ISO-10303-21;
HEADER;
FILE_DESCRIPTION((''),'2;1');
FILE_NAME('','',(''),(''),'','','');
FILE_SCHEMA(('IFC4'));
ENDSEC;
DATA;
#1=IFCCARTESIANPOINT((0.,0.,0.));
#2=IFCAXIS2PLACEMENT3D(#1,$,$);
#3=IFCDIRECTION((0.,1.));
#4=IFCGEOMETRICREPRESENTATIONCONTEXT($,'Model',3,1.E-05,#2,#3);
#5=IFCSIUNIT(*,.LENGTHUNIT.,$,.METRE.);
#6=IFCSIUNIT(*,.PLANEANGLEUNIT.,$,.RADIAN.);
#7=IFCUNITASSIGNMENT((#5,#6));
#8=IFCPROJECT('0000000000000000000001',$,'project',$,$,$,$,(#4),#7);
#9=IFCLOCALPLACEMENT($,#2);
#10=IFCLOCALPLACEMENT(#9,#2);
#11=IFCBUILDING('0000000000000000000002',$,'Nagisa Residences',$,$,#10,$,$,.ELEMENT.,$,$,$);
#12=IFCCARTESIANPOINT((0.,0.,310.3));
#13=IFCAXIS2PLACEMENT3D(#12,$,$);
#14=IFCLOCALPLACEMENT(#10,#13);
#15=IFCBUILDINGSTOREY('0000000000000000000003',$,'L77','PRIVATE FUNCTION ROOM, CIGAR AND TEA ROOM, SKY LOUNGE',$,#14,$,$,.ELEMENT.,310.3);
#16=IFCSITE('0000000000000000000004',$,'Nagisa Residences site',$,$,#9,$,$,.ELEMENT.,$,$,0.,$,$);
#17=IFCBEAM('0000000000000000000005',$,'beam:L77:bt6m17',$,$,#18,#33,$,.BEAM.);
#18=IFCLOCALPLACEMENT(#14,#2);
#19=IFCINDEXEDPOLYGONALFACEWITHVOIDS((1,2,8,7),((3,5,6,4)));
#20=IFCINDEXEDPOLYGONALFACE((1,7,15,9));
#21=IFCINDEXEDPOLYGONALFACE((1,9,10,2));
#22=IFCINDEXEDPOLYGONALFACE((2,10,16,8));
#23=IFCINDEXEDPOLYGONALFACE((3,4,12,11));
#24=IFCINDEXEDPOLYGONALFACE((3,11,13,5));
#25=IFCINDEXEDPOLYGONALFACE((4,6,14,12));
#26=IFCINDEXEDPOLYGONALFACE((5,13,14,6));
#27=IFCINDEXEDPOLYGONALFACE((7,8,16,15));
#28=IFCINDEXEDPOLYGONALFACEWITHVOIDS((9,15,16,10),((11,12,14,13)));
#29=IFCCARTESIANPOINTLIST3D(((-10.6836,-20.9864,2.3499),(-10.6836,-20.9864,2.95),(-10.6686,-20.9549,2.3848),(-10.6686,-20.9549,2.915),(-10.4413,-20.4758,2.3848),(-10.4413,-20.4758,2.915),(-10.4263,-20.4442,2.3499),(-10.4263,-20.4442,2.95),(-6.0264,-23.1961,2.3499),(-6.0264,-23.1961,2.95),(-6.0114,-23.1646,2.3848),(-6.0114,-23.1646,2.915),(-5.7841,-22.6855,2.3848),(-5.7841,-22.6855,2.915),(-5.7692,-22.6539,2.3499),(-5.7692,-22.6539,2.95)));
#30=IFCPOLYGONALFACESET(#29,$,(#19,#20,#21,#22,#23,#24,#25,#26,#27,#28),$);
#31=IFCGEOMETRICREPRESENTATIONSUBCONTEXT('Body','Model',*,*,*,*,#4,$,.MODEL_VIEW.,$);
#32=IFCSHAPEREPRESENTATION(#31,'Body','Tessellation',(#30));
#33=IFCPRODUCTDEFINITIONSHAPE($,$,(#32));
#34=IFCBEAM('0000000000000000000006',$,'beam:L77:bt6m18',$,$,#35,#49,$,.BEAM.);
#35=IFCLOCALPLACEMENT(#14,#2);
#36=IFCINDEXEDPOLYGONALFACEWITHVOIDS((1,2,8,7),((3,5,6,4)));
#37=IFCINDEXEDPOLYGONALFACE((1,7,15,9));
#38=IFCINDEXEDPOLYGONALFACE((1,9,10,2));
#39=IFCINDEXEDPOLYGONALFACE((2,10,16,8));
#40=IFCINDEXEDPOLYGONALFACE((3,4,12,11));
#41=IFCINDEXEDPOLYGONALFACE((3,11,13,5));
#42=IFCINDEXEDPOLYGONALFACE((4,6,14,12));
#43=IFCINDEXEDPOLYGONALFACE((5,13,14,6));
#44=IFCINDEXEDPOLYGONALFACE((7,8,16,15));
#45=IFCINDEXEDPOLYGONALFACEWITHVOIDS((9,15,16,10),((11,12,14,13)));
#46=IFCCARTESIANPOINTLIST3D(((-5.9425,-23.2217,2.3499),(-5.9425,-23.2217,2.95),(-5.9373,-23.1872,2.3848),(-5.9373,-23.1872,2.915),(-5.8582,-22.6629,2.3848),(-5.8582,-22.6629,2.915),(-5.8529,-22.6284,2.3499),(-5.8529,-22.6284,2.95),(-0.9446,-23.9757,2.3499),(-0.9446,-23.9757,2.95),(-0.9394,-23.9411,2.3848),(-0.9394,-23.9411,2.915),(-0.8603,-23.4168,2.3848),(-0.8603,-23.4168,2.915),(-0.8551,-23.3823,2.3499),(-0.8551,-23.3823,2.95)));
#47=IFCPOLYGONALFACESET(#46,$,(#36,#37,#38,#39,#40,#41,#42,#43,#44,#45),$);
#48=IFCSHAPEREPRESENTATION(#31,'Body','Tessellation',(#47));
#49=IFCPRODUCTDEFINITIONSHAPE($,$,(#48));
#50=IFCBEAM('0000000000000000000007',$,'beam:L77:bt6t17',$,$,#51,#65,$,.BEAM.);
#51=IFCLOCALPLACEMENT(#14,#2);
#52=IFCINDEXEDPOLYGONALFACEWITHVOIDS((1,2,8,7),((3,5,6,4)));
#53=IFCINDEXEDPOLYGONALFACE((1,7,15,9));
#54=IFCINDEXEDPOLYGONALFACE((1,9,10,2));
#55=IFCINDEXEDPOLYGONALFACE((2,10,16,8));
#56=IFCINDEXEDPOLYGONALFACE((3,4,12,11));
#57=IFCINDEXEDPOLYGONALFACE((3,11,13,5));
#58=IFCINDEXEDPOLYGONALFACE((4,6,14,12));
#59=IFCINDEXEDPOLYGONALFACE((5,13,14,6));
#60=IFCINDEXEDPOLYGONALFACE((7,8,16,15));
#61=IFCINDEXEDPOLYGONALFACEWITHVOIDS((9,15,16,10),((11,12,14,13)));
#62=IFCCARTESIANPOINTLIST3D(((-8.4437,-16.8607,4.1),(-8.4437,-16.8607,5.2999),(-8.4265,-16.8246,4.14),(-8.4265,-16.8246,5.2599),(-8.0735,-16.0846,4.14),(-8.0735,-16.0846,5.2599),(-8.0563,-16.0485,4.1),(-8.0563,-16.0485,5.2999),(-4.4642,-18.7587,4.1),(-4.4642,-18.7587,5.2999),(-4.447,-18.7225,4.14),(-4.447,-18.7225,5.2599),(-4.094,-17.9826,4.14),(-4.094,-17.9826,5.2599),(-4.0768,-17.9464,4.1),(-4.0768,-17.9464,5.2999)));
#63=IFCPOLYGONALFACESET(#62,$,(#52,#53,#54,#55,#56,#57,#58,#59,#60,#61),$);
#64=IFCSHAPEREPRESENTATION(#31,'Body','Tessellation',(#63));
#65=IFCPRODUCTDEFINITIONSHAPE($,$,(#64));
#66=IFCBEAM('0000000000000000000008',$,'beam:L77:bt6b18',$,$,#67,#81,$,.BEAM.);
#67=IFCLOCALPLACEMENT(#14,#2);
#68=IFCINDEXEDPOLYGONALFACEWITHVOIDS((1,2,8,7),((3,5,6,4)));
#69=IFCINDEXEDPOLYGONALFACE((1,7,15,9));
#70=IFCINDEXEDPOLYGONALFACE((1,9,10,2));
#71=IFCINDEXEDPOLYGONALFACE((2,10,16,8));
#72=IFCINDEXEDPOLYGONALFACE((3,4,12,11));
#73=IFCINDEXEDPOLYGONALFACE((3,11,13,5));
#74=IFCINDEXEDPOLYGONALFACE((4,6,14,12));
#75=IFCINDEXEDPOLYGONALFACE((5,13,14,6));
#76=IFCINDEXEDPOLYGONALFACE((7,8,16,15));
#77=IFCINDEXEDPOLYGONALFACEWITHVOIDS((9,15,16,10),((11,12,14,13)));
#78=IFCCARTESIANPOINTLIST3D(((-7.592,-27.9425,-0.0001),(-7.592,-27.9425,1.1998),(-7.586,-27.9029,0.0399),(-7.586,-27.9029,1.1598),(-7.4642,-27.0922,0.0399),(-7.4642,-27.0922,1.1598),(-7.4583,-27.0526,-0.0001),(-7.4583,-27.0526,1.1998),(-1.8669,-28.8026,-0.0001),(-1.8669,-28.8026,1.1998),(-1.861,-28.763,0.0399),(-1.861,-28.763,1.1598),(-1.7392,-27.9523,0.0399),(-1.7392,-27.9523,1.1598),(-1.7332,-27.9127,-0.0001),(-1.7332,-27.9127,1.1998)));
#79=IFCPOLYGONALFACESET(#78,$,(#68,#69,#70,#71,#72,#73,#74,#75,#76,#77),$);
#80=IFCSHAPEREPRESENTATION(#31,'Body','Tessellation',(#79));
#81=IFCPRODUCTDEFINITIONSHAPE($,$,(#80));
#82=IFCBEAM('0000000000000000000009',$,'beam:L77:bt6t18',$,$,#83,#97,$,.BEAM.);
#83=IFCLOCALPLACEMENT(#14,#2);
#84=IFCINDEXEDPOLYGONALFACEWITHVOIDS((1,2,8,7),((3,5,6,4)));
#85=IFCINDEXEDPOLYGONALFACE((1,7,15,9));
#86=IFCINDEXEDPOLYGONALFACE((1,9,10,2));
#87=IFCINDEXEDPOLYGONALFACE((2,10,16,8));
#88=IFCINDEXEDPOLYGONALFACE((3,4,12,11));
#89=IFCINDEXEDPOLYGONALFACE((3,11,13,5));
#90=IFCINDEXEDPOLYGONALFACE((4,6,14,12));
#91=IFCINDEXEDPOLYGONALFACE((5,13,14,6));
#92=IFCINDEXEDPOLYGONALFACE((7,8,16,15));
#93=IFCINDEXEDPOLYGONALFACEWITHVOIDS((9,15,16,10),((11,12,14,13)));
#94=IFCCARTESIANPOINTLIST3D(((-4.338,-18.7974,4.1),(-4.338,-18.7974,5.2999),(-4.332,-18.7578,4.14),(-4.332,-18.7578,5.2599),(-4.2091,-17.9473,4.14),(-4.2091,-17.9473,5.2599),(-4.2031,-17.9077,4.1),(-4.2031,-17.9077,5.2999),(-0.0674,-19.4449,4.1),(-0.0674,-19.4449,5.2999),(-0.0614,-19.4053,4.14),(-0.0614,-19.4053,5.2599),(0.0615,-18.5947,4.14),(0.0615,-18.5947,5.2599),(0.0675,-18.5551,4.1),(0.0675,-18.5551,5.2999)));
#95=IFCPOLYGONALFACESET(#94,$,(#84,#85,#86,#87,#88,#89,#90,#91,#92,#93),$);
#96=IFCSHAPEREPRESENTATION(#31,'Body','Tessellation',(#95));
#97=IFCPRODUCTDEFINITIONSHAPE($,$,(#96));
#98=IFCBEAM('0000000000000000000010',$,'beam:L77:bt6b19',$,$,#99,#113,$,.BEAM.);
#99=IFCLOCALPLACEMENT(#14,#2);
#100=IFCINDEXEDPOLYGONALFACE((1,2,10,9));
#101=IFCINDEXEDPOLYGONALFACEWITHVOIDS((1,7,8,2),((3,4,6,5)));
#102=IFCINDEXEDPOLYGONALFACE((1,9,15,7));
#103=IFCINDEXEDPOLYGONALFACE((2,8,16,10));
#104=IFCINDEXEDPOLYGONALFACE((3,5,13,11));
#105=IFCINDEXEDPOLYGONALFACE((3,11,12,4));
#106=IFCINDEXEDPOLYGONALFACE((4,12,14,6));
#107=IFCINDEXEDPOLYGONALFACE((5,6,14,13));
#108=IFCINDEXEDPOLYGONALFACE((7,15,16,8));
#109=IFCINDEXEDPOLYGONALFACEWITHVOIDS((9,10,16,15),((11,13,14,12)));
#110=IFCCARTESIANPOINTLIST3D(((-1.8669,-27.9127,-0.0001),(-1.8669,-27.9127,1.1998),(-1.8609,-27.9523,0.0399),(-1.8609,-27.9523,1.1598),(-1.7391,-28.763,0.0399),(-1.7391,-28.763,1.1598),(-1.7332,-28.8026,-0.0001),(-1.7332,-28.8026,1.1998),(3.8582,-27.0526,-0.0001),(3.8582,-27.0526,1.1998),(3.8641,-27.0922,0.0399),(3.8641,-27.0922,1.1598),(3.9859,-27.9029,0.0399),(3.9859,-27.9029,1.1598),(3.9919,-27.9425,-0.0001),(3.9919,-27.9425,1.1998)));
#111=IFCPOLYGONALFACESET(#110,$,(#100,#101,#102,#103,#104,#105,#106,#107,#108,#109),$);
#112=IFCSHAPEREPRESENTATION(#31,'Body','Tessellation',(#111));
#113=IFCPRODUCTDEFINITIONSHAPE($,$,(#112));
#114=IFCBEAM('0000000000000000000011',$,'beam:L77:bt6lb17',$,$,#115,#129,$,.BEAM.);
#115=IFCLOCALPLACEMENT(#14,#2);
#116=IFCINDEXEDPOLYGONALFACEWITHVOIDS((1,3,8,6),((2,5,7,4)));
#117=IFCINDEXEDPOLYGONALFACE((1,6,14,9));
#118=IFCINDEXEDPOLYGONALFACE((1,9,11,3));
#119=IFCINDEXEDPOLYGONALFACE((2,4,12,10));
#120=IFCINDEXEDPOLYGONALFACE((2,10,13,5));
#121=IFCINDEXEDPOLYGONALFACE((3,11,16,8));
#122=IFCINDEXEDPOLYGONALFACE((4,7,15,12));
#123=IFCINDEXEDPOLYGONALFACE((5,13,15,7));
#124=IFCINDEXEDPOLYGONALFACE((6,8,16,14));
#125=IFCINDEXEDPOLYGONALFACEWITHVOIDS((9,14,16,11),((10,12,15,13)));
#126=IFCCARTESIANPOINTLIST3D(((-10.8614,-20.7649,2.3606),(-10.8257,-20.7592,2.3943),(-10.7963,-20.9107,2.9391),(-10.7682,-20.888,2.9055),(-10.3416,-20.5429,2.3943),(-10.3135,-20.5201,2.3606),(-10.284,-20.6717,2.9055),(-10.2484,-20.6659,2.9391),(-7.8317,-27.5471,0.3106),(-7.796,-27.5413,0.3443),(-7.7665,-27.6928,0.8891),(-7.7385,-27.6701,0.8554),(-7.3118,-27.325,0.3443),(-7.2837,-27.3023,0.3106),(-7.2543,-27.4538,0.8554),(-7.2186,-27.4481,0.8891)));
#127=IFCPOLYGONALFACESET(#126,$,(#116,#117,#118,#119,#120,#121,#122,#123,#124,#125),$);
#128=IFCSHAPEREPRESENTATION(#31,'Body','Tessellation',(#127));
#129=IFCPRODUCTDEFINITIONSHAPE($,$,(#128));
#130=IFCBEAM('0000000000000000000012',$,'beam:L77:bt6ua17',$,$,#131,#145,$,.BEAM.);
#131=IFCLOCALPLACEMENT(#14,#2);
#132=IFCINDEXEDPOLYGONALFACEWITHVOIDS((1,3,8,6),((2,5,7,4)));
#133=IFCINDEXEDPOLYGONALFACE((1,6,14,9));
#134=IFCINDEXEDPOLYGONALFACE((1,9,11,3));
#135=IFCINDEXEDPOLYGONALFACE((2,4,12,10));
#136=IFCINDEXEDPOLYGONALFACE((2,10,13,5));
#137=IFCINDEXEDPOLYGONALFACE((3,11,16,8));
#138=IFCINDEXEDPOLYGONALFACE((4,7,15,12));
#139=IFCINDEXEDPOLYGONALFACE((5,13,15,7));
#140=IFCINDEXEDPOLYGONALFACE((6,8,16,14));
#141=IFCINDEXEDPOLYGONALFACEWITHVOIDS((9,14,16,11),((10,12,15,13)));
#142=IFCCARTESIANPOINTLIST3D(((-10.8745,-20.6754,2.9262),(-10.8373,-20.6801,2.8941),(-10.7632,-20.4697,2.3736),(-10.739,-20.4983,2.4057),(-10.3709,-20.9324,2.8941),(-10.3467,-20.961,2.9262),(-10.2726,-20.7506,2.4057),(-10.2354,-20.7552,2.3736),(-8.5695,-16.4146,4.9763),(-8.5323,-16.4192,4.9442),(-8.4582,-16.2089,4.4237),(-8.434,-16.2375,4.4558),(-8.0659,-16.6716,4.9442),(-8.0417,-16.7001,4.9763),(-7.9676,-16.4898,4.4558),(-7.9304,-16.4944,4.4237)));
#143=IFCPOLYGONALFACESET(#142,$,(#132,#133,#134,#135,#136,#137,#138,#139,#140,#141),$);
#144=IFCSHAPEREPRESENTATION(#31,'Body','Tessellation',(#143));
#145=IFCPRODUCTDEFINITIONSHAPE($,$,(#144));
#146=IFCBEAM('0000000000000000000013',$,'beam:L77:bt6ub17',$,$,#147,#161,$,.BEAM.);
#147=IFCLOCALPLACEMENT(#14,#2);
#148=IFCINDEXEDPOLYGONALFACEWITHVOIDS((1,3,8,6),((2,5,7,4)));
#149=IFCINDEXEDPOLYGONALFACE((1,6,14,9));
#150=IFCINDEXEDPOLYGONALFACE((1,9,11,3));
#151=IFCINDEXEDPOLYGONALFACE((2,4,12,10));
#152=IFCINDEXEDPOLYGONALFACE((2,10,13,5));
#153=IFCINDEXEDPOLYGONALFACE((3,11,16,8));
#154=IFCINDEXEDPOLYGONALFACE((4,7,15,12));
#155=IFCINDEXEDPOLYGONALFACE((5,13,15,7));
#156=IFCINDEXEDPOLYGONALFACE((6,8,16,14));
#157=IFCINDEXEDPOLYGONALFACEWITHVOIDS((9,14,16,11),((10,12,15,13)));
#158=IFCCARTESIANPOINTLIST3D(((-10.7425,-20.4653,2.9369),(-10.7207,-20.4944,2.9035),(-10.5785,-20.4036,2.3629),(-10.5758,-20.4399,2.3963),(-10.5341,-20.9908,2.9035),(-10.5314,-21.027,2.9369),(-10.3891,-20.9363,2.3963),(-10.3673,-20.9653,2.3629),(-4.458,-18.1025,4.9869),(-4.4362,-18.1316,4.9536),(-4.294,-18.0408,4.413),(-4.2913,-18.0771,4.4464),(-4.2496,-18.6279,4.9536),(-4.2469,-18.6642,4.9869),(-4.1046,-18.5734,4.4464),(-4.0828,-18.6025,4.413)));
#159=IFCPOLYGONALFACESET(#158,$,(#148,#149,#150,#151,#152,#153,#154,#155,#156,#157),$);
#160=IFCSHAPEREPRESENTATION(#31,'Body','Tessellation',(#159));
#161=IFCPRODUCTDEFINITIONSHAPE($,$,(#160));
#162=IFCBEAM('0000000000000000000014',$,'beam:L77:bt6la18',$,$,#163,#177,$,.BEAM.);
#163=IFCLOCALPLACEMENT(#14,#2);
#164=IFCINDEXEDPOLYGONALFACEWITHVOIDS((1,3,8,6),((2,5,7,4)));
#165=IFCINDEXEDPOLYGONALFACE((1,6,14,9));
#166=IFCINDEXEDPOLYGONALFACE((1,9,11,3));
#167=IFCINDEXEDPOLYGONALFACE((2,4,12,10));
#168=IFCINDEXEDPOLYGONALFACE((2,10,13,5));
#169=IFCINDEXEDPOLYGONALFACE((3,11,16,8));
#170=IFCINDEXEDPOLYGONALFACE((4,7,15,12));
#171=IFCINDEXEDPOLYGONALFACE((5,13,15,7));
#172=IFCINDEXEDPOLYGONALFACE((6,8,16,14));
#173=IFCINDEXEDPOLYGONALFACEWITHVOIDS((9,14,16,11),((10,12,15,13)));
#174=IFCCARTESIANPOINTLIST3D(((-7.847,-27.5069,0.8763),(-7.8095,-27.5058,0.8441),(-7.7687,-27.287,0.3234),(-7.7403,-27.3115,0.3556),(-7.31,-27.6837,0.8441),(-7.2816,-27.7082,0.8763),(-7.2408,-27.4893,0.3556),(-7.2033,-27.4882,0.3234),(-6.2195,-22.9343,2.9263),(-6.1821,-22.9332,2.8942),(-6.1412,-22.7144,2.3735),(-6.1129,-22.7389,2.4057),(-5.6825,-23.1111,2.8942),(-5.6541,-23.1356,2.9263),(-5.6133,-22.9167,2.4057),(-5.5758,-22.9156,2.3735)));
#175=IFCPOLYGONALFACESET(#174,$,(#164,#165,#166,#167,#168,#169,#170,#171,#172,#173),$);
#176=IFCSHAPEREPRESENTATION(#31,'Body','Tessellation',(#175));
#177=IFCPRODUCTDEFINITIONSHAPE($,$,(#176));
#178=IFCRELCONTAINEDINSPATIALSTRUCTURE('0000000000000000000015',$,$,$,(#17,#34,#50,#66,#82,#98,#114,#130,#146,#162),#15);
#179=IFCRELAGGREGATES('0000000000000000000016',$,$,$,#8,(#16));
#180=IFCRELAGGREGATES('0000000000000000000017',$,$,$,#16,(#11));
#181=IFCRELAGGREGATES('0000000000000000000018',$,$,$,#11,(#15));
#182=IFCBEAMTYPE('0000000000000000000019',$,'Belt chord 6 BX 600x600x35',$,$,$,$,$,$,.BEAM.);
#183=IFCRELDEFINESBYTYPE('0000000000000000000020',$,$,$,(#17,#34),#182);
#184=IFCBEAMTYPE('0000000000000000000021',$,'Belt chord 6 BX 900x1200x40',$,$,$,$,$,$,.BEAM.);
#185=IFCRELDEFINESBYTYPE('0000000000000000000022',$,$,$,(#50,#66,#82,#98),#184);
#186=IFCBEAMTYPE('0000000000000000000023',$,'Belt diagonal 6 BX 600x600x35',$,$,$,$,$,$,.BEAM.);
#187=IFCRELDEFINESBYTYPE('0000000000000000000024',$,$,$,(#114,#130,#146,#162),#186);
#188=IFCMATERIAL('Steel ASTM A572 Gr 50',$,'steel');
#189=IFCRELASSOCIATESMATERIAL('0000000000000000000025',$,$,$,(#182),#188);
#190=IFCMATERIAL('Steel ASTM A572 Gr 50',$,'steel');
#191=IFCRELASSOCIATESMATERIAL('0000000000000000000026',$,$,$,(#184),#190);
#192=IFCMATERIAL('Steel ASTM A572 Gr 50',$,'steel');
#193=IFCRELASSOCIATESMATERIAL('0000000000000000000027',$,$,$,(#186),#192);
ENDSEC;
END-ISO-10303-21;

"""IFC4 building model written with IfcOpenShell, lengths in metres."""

from ifc_helpers import new_model, si_unit, direction, frame, origin, origin_2d, place, context, subcontext, project, spatial, hollow_rectangle, extrude, material, material_profile, profile_set, type_object, element, save


model = new_model("IFC4")

# Units and contexts
model_context = context("Model", 3, precision=1e-05, world=origin(), true_north=direction((0.0, 1.0)))
body_context = subcontext(model_context, "Body", "Model", "MODEL_VIEW")
ifc_project = project(units=[si_unit("LENGTHUNIT", "METRE"), si_unit("PLANEANGLEUNIT", "RADIAN")], contexts=[model_context])

# Site, building, storey
site_placement = place(None, origin())
site = spatial("IfcSite", under=ifc_project, at=site_placement, Name="Nagisa Residences site", CompositionType="ELEMENT", RefElevation=0.0)
building_placement = place(site_placement, origin())
building = spatial("IfcBuilding", under=site, at=building_placement, Name="Nagisa Residences", CompositionType="ELEMENT")
storey_placement = place(building_placement, frame((0.0, 0.0, 310.3)))
storey = spatial("IfcBuildingStorey", under=building, at=storey_placement, Name="L77", Description="PRIVATE FUNCTION ROOM, CIGAR AND TEA ROOM, SKY LOUNGE", CompositionType="ELEMENT", Elevation=310.3)

# Beams
ifc_material_1 = material(Name="Steel ASTM A572 Gr 50", Category="steel")
ifc_material_profile_1 = material_profile(ifc_material_1, hollow_rectangle(XDim=0.6001, YDim=0.6001, WallThickness=0.0349, at=origin_2d()), Name="BX 600x600x35")
ifc_profile_set_1 = profile_set([ifc_material_profile_1], Name="Steel ASTM A572 Gr 50")
beam_type_1 = type_object("IfcBeamType", Name="Belt chord 6 BX 600x600x35", PredefinedType="BEAM", material=ifc_profile_set_1)
beam_1_placement = place(storey_placement, frame((-10.5549, -20.7153, 2.6499), z_axis=(0.903463, -0.428666, 0.0), x_axis=(0.428666, 0.903463, 0.0)))
element("IfcBeam", 1, at=beam_1_placement, inside=storey, type_object=beam_type_1, Name="beam:L77:bt6m17", PredefinedType="BEAM", context=body_context, shape_type="SweptSolid", body=[
    extrude(hollow_rectangle(XDim=0.6001, YDim=0.6001, WallThickness=0.0349, at=origin_2d()), origin(), (0.0, 0.0, 1.0), 5.1548),
])
beam_2_placement = place(storey_placement, frame((-5.8977, -22.925, 2.6499), z_axis=(0.988813, -0.14916, 0.0), x_axis=(0.14916, 0.988813, 0.0)))
element("IfcBeam", 2, at=beam_2_placement, inside=storey, type_object=beam_type_1, Name="beam:L77:bt6m18", PredefinedType="BEAM", context=body_context, shape_type="SweptSolid", body=[
    extrude(hollow_rectangle(XDim=0.6001, YDim=0.6001, WallThickness=0.0349, at=origin_2d()), origin(), (0.0, 0.0, 1.0), 5.0544),
])
ifc_material_2 = material(Name="Steel ASTM A572 Gr 50", Category="steel")
ifc_material_profile_2 = material_profile(ifc_material_2, hollow_rectangle(XDim=0.8999, YDim=1.2, WallThickness=0.04, at=origin_2d()), Name="BX 900x1200x40")
ifc_profile_set_2 = profile_set([ifc_material_profile_2], Name="Steel ASTM A572 Gr 50")
beam_type_2 = type_object("IfcBeamType", Name="Belt chord 6 BX 900x1200x40", PredefinedType="BEAM", material=ifc_profile_set_2)
beam_3_placement = place(storey_placement, frame((-8.25, -16.4546, 4.7), z_axis=(0.9026, -0.430479, 0.0), x_axis=(0.430479, 0.9026, 0.0)))
element("IfcBeam", 3, at=beam_3_placement, inside=storey, type_object=beam_type_2, Name="beam:L77:bt6t17", PredefinedType="BEAM", context=body_context, shape_type="SweptSolid", body=[
    extrude(hollow_rectangle(XDim=0.8999, YDim=1.2, WallThickness=0.04, at=origin_2d()), origin(), (0.0, 0.0, 1.0), 4.4089),
])
beam_4_placement = place(storey_placement, frame((-7.5251, -27.4976, 0.5999), z_axis=(0.988902, -0.148567, 0.0), x_axis=(0.148567, 0.988902, 0.0)))
element("IfcBeam", 4, at=beam_4_placement, inside=storey, type_object=beam_type_2, Name="beam:L77:bt6b18", PredefinedType="BEAM", context=body_context, shape_type="SweptSolid", body=[
    extrude(hollow_rectangle(XDim=0.8999, YDim=1.2, WallThickness=0.04, at=origin_2d()), origin(), (0.0, 0.0, 1.0), 5.7893),
])
beam_5_placement = place(storey_placement, frame((-4.2705, -18.3525, 4.7), z_axis=(0.988701, -0.149899, 0.0), x_axis=(0.149899, 0.988701, 0.0)))
element("IfcBeam", 5, at=beam_5_placement, inside=storey, type_object=beam_type_2, Name="beam:L77:bt6t18", PredefinedType="BEAM", context=body_context, shape_type="SweptSolid", body=[
    extrude(hollow_rectangle(XDim=0.8999, YDim=1.2, WallThickness=0.04, at=origin_2d()), origin(), (0.0, 0.0, 1.0), 4.3193),
])
beam_6_placement = place(storey_placement, frame((-1.8, -28.3577, 0.5999), z_axis=(0.988902, 0.148567, 0.0), x_axis=(-0.148567, 0.988902, 0.0)))
element("IfcBeam", 6, at=beam_6_placement, inside=storey, type_object=beam_type_2, Name="beam:L77:bt6b19", PredefinedType="BEAM", context=body_context, shape_type="SweptSolid", body=[
    extrude(hollow_rectangle(XDim=0.8999, YDim=1.2, WallThickness=0.04, at=origin_2d()), origin(), (0.0, 0.0, 1.0), 5.7893),
])
ifc_material_3 = material(Name="Steel ASTM A572 Gr 50", Category="steel")
ifc_material_profile_3 = material_profile(ifc_material_3, hollow_rectangle(XDim=0.6001, YDim=0.6001, WallThickness=0.0349, at=origin_2d()), Name="BX 600x600x35")
ifc_profile_set_3 = profile_set([ifc_material_profile_3], Name="Steel ASTM A572 Gr 50")
beam_type_3 = type_object("IfcBeamType", Name="Belt diagonal 6 BX 600x600x35", PredefinedType="BEAM", material=ifc_profile_set_3)
beam_7_placement = place(storey_placement, frame((-7.5251, -27.4976, 0.5999), z_axis=(-0.393177, 0.880134, 0.266036), x_axis=(-0.913037, -0.407876, 0.0)))
element("IfcBeam", 7, at=beam_7_placement, inside=storey, type_object=beam_type_3, Name="beam:L77:bt6lb17", PredefinedType="BEAM", context=body_context, shape_type="SweptSolid", body=[
    extrude(hollow_rectangle(XDim=0.6001, YDim=0.6001, WallThickness=0.0349, at=origin_2d()), origin(), (0.0, 0.0, 1.0), 7.7058),
])
beam_8_placement = place(storey_placement, frame((-10.5549, -20.7153, 2.6499), z_axis=(0.438186, 0.810002, 0.389731), x_axis=(-0.879549, 0.475809, 0.0)))
element("IfcBeam", 8, at=beam_8_placement, inside=storey, type_object=beam_type_3, Name="beam:L77:bt6ua17", PredefinedType="BEAM", context=body_context, shape_type="SweptSolid", body=[
    extrude(hollow_rectangle(XDim=0.6001, YDim=0.6001, WallThickness=0.0349, at=origin_2d()), origin(), (0.0, 0.0, 1.0), 5.2603),
])
beam_9_placement = place(storey_placement, frame((-10.5549, -20.7153, 2.6499), z_axis=(0.895225, 0.336583, 0.292032), x_axis=(-0.351924, 0.936028, 0.0)))
element("IfcBeam", 9, at=beam_9_placement, inside=storey, type_object=beam_type_3, Name="beam:L77:bt6ub17", PredefinedType="BEAM", context=body_context, shape_type="SweptSolid", body=[
    extrude(hollow_rectangle(XDim=0.6001, YDim=0.6001, WallThickness=0.0349, at=origin_2d()), origin(), (0.0, 0.0, 1.0), 7.02),
])
beam_10_placement = place(storey_placement, frame((-7.5251, -27.4976, 0.5999), z_axis=(0.308889, 0.867864, 0.3891), x_axis=(-0.942107, 0.335313, 0.0)))
element("IfcBeam", 10, at=beam_10_placement, inside=storey, type_object=beam_type_3, Name="beam:L77:bt6la18", PredefinedType="BEAM", context=body_context, shape_type="SweptSolid", body=[
    extrude(hollow_rectangle(XDim=0.6001, YDim=0.6001, WallThickness=0.0349, at=origin_2d()), origin(), (0.0, 0.0, 1.0), 5.2688),
])

save(model, "model.ifc")
